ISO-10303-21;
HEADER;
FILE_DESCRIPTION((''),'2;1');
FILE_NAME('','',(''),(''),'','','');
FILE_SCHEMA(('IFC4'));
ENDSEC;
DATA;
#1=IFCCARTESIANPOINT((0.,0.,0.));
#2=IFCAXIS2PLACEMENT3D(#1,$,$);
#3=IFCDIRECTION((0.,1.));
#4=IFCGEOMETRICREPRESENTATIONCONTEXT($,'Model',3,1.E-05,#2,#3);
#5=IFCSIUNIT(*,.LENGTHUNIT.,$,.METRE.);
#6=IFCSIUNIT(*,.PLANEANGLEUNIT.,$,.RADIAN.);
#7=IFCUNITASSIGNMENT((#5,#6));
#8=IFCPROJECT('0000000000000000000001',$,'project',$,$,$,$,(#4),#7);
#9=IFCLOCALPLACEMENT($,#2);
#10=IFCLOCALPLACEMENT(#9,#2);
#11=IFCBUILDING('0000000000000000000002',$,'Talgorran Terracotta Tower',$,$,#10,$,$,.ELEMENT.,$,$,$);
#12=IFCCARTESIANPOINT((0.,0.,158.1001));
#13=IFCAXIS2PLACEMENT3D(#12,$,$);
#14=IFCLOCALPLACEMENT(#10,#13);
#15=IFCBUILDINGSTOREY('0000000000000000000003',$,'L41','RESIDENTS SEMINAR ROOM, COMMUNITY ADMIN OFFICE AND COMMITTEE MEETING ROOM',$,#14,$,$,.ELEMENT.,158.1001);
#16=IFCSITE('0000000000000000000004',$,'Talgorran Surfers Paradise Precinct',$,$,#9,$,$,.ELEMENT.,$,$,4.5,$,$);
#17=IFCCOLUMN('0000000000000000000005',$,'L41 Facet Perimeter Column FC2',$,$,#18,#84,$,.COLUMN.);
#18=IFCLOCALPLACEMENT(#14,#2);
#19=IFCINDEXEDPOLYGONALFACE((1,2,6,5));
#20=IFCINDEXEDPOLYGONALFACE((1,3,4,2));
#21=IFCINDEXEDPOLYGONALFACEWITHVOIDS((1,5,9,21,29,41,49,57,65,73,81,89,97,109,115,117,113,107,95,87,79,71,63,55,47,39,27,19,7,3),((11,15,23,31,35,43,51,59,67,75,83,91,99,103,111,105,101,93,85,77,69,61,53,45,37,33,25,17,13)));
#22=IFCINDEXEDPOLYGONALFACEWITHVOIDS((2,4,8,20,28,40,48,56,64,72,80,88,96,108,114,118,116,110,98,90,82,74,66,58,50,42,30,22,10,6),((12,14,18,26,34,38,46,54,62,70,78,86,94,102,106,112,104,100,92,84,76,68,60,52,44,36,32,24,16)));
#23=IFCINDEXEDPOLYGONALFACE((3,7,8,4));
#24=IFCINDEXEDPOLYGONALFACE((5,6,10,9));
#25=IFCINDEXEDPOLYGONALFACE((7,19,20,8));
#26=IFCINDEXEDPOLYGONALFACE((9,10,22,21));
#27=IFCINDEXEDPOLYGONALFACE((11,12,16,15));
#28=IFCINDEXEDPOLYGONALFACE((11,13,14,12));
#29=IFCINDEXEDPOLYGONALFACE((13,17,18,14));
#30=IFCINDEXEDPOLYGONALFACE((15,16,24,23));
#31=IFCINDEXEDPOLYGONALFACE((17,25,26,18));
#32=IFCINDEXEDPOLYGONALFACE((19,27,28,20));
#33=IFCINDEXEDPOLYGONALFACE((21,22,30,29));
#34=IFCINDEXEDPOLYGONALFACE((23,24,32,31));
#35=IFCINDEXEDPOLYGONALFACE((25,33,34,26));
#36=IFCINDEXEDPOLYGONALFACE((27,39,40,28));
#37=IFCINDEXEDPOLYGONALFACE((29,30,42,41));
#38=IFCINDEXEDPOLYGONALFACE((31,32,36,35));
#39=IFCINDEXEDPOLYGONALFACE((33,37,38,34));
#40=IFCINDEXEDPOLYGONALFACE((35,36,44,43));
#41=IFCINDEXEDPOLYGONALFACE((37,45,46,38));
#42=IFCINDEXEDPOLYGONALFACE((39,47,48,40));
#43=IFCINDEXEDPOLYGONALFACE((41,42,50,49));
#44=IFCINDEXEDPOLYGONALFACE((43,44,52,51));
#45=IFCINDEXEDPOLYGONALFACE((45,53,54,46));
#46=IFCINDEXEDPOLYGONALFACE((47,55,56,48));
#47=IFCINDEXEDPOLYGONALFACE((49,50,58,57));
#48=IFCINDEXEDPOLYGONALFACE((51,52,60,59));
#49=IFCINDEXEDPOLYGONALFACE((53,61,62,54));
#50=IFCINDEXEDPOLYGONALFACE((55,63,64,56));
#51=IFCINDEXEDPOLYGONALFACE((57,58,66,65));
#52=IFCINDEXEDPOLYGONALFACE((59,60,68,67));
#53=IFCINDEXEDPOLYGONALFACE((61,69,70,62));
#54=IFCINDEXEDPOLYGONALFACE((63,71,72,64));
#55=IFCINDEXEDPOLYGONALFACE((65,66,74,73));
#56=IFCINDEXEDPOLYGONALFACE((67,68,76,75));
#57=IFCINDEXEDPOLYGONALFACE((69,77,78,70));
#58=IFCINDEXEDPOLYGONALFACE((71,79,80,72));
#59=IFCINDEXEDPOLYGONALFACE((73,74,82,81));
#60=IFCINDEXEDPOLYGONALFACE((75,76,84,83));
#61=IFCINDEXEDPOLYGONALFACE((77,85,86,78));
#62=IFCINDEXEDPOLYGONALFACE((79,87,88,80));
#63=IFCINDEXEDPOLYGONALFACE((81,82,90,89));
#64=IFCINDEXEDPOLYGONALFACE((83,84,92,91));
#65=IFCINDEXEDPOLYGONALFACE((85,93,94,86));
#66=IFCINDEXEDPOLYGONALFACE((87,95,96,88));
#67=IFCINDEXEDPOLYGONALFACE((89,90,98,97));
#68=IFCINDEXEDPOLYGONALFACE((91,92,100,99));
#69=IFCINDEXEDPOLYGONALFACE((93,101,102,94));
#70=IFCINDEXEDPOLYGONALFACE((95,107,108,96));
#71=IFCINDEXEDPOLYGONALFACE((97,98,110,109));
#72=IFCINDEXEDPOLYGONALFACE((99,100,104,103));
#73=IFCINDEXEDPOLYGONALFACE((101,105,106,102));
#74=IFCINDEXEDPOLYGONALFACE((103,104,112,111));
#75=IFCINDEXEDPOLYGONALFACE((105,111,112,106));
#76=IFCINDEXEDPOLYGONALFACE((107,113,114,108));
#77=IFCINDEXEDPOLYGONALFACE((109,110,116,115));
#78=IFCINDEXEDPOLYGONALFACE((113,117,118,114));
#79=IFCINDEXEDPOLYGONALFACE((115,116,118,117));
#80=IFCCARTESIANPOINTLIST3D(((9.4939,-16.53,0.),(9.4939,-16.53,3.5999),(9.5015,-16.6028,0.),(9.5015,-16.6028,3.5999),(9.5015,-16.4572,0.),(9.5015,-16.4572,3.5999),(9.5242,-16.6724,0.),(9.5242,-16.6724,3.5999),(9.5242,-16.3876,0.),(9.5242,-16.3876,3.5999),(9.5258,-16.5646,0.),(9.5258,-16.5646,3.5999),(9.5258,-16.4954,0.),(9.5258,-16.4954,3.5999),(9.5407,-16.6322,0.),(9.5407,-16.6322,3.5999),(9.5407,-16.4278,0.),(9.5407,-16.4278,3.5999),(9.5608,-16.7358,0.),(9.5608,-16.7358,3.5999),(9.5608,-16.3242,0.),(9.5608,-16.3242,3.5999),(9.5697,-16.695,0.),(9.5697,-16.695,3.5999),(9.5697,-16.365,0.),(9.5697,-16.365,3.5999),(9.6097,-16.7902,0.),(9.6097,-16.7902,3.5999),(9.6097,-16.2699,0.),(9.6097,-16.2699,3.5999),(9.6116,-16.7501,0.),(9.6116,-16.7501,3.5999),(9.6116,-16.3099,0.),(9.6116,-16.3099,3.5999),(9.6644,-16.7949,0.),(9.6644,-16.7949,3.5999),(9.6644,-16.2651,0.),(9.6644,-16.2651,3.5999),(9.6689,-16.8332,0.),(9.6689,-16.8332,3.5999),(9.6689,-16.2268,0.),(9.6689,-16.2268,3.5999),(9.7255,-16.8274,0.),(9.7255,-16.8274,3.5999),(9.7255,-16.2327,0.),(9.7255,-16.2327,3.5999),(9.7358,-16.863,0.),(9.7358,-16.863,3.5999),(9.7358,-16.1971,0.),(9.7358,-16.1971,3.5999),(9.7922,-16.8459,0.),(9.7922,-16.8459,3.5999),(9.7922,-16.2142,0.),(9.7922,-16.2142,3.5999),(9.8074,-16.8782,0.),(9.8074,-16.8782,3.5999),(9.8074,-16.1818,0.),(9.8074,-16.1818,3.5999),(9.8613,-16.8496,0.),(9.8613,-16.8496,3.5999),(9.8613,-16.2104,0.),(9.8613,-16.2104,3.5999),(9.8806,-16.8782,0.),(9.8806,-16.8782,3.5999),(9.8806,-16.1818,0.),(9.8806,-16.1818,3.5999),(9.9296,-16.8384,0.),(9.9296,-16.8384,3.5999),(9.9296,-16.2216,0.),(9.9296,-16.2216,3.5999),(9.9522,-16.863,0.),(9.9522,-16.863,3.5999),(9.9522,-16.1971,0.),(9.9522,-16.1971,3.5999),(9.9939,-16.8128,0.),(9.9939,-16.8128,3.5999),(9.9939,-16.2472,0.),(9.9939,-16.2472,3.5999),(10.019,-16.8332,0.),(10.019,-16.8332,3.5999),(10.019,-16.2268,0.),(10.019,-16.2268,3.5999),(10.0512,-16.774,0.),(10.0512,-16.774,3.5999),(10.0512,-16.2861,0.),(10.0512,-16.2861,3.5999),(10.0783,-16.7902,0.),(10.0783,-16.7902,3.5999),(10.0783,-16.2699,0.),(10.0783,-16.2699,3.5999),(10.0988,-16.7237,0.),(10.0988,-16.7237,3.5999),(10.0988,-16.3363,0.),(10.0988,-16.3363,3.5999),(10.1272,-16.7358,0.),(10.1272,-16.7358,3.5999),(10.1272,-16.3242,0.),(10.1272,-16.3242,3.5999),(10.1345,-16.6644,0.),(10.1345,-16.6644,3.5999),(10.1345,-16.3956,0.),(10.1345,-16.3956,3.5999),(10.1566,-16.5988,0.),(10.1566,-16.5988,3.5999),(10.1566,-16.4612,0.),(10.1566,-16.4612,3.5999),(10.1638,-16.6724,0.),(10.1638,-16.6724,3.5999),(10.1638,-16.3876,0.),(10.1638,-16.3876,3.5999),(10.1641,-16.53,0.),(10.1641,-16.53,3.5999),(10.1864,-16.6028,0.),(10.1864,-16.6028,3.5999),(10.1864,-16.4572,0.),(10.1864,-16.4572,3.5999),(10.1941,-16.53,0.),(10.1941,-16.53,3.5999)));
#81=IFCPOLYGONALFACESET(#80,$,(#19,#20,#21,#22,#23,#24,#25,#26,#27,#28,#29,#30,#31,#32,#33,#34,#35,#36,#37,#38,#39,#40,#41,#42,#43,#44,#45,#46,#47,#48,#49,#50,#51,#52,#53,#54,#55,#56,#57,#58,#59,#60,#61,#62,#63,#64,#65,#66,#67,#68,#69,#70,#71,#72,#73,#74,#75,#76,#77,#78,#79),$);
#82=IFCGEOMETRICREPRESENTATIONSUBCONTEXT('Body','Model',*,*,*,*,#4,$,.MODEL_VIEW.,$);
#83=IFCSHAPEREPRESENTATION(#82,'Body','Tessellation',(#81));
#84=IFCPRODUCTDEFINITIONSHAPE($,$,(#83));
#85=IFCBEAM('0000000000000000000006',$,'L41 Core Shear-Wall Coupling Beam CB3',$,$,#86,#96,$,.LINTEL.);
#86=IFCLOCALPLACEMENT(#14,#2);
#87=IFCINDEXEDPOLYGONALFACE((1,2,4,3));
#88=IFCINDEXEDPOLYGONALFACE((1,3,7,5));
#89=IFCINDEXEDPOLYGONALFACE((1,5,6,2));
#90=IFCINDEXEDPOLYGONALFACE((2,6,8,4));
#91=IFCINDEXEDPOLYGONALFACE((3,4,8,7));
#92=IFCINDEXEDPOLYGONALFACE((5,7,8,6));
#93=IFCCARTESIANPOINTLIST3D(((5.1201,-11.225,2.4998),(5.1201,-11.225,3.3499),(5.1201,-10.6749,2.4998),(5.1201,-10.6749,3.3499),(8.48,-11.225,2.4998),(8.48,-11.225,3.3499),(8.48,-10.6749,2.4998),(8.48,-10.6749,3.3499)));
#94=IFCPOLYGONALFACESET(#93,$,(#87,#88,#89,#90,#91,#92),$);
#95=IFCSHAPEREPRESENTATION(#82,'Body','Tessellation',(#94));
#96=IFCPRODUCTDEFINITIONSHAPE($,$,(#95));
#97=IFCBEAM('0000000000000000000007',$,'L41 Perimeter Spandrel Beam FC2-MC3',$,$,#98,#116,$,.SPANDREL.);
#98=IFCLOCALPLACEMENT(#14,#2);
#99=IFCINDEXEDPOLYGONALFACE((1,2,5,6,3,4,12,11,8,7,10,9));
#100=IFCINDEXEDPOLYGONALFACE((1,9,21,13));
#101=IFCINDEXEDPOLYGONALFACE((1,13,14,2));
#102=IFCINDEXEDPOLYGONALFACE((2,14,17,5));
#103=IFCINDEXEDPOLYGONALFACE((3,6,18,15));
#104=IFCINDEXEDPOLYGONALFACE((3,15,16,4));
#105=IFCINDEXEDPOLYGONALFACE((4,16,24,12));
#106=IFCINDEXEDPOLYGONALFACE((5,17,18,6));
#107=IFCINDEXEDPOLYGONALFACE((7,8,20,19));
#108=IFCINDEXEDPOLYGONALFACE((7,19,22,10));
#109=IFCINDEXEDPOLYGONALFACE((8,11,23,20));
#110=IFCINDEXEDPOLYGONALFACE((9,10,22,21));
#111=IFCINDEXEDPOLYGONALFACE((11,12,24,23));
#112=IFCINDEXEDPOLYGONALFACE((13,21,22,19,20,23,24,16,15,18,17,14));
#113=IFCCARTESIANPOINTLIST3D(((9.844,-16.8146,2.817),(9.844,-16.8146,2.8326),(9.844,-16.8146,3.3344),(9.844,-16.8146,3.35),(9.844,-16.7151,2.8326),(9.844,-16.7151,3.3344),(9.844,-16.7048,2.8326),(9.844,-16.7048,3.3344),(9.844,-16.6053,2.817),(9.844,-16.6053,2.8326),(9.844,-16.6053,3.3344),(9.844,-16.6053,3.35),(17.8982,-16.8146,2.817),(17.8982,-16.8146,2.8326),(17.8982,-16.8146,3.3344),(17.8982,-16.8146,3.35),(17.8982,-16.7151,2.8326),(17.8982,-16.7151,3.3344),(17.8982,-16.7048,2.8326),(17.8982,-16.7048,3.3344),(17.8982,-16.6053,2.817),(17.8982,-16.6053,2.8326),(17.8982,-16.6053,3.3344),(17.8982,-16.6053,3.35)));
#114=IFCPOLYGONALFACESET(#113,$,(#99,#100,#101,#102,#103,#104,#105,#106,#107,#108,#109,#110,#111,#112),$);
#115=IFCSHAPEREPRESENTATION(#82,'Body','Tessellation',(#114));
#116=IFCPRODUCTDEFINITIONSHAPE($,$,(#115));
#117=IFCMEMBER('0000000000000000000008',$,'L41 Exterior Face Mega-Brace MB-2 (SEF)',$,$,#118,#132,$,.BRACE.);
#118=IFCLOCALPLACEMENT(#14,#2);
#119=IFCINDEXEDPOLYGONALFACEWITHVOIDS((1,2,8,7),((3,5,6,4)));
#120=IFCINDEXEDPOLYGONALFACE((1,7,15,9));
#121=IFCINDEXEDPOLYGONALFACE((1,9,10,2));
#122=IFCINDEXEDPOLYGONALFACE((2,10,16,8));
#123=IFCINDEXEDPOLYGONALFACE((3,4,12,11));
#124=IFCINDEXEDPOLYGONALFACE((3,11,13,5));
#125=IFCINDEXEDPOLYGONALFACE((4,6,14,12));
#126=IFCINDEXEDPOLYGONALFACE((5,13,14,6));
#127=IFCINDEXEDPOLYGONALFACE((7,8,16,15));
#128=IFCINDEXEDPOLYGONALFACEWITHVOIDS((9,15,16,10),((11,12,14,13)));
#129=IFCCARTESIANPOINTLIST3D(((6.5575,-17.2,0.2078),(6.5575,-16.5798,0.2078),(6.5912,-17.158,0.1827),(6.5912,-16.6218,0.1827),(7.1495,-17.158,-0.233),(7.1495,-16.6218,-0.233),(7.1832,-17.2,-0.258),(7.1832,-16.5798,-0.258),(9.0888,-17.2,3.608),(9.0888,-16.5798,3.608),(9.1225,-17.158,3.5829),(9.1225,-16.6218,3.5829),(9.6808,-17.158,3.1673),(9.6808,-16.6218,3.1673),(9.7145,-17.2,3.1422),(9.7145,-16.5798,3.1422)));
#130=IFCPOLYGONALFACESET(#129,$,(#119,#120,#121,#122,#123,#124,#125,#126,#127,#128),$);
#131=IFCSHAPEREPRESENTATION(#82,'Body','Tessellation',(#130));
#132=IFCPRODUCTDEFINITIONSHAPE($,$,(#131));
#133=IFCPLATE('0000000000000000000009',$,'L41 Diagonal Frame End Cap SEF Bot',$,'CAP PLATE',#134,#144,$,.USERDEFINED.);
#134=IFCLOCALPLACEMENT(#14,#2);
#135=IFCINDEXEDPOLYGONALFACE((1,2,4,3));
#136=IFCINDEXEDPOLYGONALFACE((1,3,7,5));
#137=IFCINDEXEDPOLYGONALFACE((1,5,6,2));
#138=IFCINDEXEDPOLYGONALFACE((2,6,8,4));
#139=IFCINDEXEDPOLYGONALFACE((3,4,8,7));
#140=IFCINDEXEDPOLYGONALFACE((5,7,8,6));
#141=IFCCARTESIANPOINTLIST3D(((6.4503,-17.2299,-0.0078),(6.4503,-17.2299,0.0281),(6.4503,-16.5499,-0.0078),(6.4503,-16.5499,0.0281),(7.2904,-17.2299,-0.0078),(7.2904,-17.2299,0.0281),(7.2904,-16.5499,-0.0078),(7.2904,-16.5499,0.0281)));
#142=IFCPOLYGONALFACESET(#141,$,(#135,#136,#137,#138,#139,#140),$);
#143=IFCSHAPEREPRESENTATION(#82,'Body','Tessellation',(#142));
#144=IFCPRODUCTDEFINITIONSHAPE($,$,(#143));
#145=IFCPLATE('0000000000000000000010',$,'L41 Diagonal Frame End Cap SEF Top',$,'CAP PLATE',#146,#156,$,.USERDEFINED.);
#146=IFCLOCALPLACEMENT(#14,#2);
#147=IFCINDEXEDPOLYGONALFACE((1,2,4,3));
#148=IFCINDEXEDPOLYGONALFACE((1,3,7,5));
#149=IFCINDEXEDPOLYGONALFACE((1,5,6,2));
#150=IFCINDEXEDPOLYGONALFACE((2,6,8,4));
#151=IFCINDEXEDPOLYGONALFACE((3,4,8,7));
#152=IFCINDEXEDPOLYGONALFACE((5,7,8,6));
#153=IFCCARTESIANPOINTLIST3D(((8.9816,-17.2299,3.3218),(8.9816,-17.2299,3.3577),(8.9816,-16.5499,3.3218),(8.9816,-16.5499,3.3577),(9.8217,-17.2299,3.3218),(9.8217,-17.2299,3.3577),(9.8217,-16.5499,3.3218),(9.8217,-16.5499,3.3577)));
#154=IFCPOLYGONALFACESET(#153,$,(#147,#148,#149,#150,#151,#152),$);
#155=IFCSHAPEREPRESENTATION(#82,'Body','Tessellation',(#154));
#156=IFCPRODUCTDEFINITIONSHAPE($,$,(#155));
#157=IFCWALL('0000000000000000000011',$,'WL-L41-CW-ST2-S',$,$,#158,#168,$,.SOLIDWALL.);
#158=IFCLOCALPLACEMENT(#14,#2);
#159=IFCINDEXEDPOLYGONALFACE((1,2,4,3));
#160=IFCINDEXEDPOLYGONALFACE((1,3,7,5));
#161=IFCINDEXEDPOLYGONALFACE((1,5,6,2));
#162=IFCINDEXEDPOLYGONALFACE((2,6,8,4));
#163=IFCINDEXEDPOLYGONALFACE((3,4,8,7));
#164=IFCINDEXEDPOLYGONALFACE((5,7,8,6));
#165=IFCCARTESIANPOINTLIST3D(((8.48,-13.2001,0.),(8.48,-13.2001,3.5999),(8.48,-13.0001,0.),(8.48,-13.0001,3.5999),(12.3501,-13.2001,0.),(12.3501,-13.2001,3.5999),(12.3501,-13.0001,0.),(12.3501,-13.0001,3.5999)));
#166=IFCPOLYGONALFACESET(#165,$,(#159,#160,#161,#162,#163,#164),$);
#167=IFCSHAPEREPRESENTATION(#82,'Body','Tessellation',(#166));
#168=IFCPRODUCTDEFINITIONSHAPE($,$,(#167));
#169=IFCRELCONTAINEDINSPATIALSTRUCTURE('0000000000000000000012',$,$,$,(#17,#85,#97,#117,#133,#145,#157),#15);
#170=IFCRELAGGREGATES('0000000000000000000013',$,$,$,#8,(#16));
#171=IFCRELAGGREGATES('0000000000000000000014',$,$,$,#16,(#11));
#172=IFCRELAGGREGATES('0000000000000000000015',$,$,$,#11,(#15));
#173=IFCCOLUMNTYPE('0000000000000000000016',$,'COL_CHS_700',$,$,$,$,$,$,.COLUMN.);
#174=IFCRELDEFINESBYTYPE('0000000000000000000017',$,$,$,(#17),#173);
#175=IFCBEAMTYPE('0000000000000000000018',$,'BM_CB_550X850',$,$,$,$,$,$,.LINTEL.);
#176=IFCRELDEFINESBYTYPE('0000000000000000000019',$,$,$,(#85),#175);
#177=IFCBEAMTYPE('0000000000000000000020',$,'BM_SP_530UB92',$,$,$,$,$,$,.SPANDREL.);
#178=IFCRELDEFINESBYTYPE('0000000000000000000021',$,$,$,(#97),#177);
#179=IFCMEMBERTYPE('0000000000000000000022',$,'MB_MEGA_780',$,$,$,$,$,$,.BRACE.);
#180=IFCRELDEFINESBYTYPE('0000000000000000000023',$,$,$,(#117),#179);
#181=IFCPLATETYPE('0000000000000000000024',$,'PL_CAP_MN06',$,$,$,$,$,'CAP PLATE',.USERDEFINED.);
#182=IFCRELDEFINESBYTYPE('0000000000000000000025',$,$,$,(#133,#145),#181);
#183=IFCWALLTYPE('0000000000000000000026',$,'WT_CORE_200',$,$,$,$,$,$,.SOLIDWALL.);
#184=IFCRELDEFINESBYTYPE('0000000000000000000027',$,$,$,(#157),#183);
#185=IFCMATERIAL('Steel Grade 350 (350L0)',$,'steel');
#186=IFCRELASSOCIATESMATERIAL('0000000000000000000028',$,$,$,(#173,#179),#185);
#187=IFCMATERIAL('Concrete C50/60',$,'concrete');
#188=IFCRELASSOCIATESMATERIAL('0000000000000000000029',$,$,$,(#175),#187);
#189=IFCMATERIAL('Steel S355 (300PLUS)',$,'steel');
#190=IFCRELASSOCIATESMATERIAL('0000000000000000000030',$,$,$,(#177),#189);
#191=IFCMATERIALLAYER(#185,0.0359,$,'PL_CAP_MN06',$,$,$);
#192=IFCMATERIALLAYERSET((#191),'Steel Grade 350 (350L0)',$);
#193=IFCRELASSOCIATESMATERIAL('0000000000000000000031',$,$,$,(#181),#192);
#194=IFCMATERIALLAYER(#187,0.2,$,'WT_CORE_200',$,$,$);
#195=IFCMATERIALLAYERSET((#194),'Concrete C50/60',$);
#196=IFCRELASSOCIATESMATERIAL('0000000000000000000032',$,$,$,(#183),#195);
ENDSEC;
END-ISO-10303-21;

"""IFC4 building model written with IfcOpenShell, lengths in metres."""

from ifc_helpers import new_model, si_unit, direction, frame, frame_2d, origin, origin_2d, place, context, subcontext, project, spatial, rectangle, hollow_rectangle, hollow_circle, i_section, extrude, material, layer, layer_set, material_profile, profile_set, type_object, element, save


model = new_model("IFC4")

# Units and contexts
model_context = context("Model", 3, precision=1e-05, world=origin(), true_north=direction((0.0, 1.0)))
body_context = subcontext(model_context, "Body", "Model", "MODEL_VIEW")
ifc_project = project(units=[si_unit("LENGTHUNIT", "METRE"), si_unit("PLANEANGLEUNIT", "RADIAN")], contexts=[model_context])

# Site, building, storey
site_placement = place(None, origin())
site = spatial("IfcSite", under=ifc_project, at=site_placement, Name="Talgorran Surfers Paradise Precinct", CompositionType="ELEMENT", RefElevation=4.5)
building_placement = place(site_placement, origin())
building = spatial("IfcBuilding", under=site, at=building_placement, Name="Talgorran Terracotta Tower", CompositionType="ELEMENT")
storey_placement = place(building_placement, frame((0.0, 0.0, 158.1001)))
storey = spatial("IfcBuildingStorey", under=building, at=storey_placement, Name="L41", Description="RESIDENTS SEMINAR ROOM, COMMUNITY ADMIN OFFICE AND COMMITTEE MEETING ROOM", CompositionType="ELEMENT", Elevation=158.1001)

# Column
ifc_material_1 = material(Name="Steel Grade 350 (350L0)", Category="steel")
ifc_material_profile_1 = material_profile(ifc_material_1, hollow_circle(Radius=0.3501, WallThickness=0.03, at=origin_2d()), Name="CHS700X30")
ifc_profile_set_1 = profile_set([ifc_material_profile_1], Name="Steel Grade 350 (350L0)")
column_type = type_object("IfcColumnType", Name="COL_CHS_700", PredefinedType="COLUMN", material=ifc_profile_set_1)
column_placement = place(storey_placement, frame((9.844, -16.53, 0.0), z_axis=(0.0, 0.0, 1.0), x_axis=(1.0, 0.0, 0.0)))
element("IfcColumn", 1, at=column_placement, inside=storey, type_object=column_type, Name="L41 Facet Perimeter Column FC2", PredefinedType="COLUMN", context=body_context, shape_type="SweptSolid", body=[
    extrude(hollow_circle(Radius=0.3501, WallThickness=0.03, at=origin_2d()), origin(), (0.0, 0.0, 1.0), 3.5999),
])

# Beams
ifc_material_2 = material(Name="Concrete C50/60", Category="concrete")
ifc_material_profile_2 = material_profile(ifc_material_2, rectangle(XDim=0.55, YDim=0.8501, at=origin_2d()), Name="RCCB550X850")
ifc_profile_set_2 = profile_set([ifc_material_profile_2], Name="Concrete C50/60")
beam_type_1 = type_object("IfcBeamType", Name="BM_CB_550X850", PredefinedType="LINTEL", material=ifc_profile_set_2)
beam_1_placement = place(storey_placement, frame((5.1201, -10.95, 2.9248), z_axis=(1.0, 0.0, 0.0), x_axis=(0.0, 1.0, 0.0)))
element("IfcBeam", 2, at=beam_1_placement, inside=storey, type_object=beam_type_1, Name="L41 Core Shear-Wall Coupling Beam CB3", PredefinedType="LINTEL", context=body_context, shape_type="SweptSolid", body=[
    extrude(rectangle(XDim=0.55, YDim=0.8501, at=origin_2d()), origin(), (0.0, 0.0, 1.0), 3.3599),
])
ifc_material_3 = material(Name="Steel S355 (300PLUS)", Category="steel")
ifc_material_profile_3 = material_profile(ifc_material_3, i_section(OverallWidth=0.2092, OverallDepth=0.533, WebThickness=0.0103, FlangeThickness=0.0156, at=origin_2d()), Name="530UB92.4")
ifc_profile_set_3 = profile_set([ifc_material_profile_3], Name="Steel S355 (300PLUS)")
beam_type_2 = type_object("IfcBeamType", Name="BM_SP_530UB92", PredefinedType="SPANDREL", material=ifc_profile_set_3)
beam_2_placement = place(storey_placement, frame((9.844, -16.71, 3.0835), z_axis=(1.0, 0.0, 0.0), x_axis=(0.0, 1.0, 0.0)))
element("IfcBeam", 3, at=beam_2_placement, inside=storey, type_object=beam_type_2, Name="L41 Perimeter Spandrel Beam FC2-MC3", PredefinedType="SPANDREL", context=body_context, shape_type="SweptSolid", body=[
    extrude(i_section(OverallWidth=0.2092, OverallDepth=0.533, WebThickness=0.0103, FlangeThickness=0.0156, at=origin_2d()), origin(), (0.0, 0.0, 1.0), 8.0542),
])

# Member
ifc_material_profile_4 = material_profile(ifc_material_1, hollow_rectangle(XDim=0.6201, YDim=0.78, WallThickness=0.042, at=origin_2d()), Name="WBOX780X620X42")
ifc_profile_set_4 = profile_set([ifc_material_profile_4], Name="Steel Grade 350 (350L0)")
member_type = type_object("IfcMemberType", Name="MB_MEGA_780", PredefinedType="BRACE", material=ifc_profile_set_4)
member_placement = place(storey_placement, frame((6.8704, -16.8899, -0.0251), z_axis=(0.597149, 0.0, 0.802131), x_axis=(0.0, 1.0, 0.0)))
element("IfcMember", 4, at=member_placement, inside=storey, type_object=member_type, Name="L41 Exterior Face Mega-Brace MB-2 (SEF)", PredefinedType="BRACE", context=body_context, shape_type="SweptSolid", body=[
    extrude(hollow_rectangle(XDim=0.6201, YDim=0.78, WallThickness=0.042, at=origin_2d()), origin(), (0.0, 0.0, 1.0), 4.239),
])

# Plates
ifc_layer_1 = layer(ifc_material_1, 0.0359, Name="PL_CAP_MN06")
ifc_layer_set_1 = layer_set([ifc_layer_1], Name="Steel Grade 350 (350L0)")
plate_type = type_object("IfcPlateType", Name="PL_CAP_MN06", ElementType="CAP PLATE", PredefinedType="USERDEFINED", material=ifc_layer_set_1)
for number, where, z_axis, x_axis, name in (
    (5, (6.8704, -16.8899, -0.0078), (0.0, 0.0, 1.0), (1.0, 0.0, 0.0), "L41 Diagonal Frame End Cap SEF Bot"),
    (6, (9.4016, -16.8899, 3.3218), (0.0, 0.0, 1.0), (1.0, 0.0, 0.0), "L41 Diagonal Frame End Cap SEF Top"),
):
    element("IfcPlate", number, at=place(storey_placement, frame(where, z_axis=z_axis, x_axis=x_axis)), inside=storey, type_object=plate_type, Name=name, ObjectType="CAP PLATE", PredefinedType="USERDEFINED", context=body_context, shape_type="SweptSolid", body=[
        extrude(rectangle(XDim=0.8401, YDim=0.6799, at=origin_2d()), origin(), (0.0, 0.0, 1.0), 0.0359),
    ])

# Wall
ifc_layer_2 = layer(ifc_material_2, 0.2, Name="WT_CORE_200")
ifc_layer_set_2 = layer_set([ifc_layer_2], Name="Concrete C50/60")
wall_type_1 = type_object("IfcWallType", Name="WT_CORE_200", PredefinedType="SOLIDWALL", material=ifc_layer_set_2)
wall_1_placement = place(storey_placement, frame((8.48, -13.1001, 0.0), z_axis=(0.0, 0.0, 1.0), x_axis=(1.0, 0.0, 0.0)))
element("IfcWall", 7, at=wall_1_placement, inside=storey, type_object=wall_type_1, Name="WL-L41-CW-ST2-S", PredefinedType="SOLIDWALL", context=body_context, shape_type="SweptSolid", body=[
    extrude(rectangle(XDim=3.8701, YDim=0.2, at=frame_2d((1.9351, 0.0))), origin(), (0.0, 0.0, 1.0), 3.5999),
])

save(model, "model.ifc")
